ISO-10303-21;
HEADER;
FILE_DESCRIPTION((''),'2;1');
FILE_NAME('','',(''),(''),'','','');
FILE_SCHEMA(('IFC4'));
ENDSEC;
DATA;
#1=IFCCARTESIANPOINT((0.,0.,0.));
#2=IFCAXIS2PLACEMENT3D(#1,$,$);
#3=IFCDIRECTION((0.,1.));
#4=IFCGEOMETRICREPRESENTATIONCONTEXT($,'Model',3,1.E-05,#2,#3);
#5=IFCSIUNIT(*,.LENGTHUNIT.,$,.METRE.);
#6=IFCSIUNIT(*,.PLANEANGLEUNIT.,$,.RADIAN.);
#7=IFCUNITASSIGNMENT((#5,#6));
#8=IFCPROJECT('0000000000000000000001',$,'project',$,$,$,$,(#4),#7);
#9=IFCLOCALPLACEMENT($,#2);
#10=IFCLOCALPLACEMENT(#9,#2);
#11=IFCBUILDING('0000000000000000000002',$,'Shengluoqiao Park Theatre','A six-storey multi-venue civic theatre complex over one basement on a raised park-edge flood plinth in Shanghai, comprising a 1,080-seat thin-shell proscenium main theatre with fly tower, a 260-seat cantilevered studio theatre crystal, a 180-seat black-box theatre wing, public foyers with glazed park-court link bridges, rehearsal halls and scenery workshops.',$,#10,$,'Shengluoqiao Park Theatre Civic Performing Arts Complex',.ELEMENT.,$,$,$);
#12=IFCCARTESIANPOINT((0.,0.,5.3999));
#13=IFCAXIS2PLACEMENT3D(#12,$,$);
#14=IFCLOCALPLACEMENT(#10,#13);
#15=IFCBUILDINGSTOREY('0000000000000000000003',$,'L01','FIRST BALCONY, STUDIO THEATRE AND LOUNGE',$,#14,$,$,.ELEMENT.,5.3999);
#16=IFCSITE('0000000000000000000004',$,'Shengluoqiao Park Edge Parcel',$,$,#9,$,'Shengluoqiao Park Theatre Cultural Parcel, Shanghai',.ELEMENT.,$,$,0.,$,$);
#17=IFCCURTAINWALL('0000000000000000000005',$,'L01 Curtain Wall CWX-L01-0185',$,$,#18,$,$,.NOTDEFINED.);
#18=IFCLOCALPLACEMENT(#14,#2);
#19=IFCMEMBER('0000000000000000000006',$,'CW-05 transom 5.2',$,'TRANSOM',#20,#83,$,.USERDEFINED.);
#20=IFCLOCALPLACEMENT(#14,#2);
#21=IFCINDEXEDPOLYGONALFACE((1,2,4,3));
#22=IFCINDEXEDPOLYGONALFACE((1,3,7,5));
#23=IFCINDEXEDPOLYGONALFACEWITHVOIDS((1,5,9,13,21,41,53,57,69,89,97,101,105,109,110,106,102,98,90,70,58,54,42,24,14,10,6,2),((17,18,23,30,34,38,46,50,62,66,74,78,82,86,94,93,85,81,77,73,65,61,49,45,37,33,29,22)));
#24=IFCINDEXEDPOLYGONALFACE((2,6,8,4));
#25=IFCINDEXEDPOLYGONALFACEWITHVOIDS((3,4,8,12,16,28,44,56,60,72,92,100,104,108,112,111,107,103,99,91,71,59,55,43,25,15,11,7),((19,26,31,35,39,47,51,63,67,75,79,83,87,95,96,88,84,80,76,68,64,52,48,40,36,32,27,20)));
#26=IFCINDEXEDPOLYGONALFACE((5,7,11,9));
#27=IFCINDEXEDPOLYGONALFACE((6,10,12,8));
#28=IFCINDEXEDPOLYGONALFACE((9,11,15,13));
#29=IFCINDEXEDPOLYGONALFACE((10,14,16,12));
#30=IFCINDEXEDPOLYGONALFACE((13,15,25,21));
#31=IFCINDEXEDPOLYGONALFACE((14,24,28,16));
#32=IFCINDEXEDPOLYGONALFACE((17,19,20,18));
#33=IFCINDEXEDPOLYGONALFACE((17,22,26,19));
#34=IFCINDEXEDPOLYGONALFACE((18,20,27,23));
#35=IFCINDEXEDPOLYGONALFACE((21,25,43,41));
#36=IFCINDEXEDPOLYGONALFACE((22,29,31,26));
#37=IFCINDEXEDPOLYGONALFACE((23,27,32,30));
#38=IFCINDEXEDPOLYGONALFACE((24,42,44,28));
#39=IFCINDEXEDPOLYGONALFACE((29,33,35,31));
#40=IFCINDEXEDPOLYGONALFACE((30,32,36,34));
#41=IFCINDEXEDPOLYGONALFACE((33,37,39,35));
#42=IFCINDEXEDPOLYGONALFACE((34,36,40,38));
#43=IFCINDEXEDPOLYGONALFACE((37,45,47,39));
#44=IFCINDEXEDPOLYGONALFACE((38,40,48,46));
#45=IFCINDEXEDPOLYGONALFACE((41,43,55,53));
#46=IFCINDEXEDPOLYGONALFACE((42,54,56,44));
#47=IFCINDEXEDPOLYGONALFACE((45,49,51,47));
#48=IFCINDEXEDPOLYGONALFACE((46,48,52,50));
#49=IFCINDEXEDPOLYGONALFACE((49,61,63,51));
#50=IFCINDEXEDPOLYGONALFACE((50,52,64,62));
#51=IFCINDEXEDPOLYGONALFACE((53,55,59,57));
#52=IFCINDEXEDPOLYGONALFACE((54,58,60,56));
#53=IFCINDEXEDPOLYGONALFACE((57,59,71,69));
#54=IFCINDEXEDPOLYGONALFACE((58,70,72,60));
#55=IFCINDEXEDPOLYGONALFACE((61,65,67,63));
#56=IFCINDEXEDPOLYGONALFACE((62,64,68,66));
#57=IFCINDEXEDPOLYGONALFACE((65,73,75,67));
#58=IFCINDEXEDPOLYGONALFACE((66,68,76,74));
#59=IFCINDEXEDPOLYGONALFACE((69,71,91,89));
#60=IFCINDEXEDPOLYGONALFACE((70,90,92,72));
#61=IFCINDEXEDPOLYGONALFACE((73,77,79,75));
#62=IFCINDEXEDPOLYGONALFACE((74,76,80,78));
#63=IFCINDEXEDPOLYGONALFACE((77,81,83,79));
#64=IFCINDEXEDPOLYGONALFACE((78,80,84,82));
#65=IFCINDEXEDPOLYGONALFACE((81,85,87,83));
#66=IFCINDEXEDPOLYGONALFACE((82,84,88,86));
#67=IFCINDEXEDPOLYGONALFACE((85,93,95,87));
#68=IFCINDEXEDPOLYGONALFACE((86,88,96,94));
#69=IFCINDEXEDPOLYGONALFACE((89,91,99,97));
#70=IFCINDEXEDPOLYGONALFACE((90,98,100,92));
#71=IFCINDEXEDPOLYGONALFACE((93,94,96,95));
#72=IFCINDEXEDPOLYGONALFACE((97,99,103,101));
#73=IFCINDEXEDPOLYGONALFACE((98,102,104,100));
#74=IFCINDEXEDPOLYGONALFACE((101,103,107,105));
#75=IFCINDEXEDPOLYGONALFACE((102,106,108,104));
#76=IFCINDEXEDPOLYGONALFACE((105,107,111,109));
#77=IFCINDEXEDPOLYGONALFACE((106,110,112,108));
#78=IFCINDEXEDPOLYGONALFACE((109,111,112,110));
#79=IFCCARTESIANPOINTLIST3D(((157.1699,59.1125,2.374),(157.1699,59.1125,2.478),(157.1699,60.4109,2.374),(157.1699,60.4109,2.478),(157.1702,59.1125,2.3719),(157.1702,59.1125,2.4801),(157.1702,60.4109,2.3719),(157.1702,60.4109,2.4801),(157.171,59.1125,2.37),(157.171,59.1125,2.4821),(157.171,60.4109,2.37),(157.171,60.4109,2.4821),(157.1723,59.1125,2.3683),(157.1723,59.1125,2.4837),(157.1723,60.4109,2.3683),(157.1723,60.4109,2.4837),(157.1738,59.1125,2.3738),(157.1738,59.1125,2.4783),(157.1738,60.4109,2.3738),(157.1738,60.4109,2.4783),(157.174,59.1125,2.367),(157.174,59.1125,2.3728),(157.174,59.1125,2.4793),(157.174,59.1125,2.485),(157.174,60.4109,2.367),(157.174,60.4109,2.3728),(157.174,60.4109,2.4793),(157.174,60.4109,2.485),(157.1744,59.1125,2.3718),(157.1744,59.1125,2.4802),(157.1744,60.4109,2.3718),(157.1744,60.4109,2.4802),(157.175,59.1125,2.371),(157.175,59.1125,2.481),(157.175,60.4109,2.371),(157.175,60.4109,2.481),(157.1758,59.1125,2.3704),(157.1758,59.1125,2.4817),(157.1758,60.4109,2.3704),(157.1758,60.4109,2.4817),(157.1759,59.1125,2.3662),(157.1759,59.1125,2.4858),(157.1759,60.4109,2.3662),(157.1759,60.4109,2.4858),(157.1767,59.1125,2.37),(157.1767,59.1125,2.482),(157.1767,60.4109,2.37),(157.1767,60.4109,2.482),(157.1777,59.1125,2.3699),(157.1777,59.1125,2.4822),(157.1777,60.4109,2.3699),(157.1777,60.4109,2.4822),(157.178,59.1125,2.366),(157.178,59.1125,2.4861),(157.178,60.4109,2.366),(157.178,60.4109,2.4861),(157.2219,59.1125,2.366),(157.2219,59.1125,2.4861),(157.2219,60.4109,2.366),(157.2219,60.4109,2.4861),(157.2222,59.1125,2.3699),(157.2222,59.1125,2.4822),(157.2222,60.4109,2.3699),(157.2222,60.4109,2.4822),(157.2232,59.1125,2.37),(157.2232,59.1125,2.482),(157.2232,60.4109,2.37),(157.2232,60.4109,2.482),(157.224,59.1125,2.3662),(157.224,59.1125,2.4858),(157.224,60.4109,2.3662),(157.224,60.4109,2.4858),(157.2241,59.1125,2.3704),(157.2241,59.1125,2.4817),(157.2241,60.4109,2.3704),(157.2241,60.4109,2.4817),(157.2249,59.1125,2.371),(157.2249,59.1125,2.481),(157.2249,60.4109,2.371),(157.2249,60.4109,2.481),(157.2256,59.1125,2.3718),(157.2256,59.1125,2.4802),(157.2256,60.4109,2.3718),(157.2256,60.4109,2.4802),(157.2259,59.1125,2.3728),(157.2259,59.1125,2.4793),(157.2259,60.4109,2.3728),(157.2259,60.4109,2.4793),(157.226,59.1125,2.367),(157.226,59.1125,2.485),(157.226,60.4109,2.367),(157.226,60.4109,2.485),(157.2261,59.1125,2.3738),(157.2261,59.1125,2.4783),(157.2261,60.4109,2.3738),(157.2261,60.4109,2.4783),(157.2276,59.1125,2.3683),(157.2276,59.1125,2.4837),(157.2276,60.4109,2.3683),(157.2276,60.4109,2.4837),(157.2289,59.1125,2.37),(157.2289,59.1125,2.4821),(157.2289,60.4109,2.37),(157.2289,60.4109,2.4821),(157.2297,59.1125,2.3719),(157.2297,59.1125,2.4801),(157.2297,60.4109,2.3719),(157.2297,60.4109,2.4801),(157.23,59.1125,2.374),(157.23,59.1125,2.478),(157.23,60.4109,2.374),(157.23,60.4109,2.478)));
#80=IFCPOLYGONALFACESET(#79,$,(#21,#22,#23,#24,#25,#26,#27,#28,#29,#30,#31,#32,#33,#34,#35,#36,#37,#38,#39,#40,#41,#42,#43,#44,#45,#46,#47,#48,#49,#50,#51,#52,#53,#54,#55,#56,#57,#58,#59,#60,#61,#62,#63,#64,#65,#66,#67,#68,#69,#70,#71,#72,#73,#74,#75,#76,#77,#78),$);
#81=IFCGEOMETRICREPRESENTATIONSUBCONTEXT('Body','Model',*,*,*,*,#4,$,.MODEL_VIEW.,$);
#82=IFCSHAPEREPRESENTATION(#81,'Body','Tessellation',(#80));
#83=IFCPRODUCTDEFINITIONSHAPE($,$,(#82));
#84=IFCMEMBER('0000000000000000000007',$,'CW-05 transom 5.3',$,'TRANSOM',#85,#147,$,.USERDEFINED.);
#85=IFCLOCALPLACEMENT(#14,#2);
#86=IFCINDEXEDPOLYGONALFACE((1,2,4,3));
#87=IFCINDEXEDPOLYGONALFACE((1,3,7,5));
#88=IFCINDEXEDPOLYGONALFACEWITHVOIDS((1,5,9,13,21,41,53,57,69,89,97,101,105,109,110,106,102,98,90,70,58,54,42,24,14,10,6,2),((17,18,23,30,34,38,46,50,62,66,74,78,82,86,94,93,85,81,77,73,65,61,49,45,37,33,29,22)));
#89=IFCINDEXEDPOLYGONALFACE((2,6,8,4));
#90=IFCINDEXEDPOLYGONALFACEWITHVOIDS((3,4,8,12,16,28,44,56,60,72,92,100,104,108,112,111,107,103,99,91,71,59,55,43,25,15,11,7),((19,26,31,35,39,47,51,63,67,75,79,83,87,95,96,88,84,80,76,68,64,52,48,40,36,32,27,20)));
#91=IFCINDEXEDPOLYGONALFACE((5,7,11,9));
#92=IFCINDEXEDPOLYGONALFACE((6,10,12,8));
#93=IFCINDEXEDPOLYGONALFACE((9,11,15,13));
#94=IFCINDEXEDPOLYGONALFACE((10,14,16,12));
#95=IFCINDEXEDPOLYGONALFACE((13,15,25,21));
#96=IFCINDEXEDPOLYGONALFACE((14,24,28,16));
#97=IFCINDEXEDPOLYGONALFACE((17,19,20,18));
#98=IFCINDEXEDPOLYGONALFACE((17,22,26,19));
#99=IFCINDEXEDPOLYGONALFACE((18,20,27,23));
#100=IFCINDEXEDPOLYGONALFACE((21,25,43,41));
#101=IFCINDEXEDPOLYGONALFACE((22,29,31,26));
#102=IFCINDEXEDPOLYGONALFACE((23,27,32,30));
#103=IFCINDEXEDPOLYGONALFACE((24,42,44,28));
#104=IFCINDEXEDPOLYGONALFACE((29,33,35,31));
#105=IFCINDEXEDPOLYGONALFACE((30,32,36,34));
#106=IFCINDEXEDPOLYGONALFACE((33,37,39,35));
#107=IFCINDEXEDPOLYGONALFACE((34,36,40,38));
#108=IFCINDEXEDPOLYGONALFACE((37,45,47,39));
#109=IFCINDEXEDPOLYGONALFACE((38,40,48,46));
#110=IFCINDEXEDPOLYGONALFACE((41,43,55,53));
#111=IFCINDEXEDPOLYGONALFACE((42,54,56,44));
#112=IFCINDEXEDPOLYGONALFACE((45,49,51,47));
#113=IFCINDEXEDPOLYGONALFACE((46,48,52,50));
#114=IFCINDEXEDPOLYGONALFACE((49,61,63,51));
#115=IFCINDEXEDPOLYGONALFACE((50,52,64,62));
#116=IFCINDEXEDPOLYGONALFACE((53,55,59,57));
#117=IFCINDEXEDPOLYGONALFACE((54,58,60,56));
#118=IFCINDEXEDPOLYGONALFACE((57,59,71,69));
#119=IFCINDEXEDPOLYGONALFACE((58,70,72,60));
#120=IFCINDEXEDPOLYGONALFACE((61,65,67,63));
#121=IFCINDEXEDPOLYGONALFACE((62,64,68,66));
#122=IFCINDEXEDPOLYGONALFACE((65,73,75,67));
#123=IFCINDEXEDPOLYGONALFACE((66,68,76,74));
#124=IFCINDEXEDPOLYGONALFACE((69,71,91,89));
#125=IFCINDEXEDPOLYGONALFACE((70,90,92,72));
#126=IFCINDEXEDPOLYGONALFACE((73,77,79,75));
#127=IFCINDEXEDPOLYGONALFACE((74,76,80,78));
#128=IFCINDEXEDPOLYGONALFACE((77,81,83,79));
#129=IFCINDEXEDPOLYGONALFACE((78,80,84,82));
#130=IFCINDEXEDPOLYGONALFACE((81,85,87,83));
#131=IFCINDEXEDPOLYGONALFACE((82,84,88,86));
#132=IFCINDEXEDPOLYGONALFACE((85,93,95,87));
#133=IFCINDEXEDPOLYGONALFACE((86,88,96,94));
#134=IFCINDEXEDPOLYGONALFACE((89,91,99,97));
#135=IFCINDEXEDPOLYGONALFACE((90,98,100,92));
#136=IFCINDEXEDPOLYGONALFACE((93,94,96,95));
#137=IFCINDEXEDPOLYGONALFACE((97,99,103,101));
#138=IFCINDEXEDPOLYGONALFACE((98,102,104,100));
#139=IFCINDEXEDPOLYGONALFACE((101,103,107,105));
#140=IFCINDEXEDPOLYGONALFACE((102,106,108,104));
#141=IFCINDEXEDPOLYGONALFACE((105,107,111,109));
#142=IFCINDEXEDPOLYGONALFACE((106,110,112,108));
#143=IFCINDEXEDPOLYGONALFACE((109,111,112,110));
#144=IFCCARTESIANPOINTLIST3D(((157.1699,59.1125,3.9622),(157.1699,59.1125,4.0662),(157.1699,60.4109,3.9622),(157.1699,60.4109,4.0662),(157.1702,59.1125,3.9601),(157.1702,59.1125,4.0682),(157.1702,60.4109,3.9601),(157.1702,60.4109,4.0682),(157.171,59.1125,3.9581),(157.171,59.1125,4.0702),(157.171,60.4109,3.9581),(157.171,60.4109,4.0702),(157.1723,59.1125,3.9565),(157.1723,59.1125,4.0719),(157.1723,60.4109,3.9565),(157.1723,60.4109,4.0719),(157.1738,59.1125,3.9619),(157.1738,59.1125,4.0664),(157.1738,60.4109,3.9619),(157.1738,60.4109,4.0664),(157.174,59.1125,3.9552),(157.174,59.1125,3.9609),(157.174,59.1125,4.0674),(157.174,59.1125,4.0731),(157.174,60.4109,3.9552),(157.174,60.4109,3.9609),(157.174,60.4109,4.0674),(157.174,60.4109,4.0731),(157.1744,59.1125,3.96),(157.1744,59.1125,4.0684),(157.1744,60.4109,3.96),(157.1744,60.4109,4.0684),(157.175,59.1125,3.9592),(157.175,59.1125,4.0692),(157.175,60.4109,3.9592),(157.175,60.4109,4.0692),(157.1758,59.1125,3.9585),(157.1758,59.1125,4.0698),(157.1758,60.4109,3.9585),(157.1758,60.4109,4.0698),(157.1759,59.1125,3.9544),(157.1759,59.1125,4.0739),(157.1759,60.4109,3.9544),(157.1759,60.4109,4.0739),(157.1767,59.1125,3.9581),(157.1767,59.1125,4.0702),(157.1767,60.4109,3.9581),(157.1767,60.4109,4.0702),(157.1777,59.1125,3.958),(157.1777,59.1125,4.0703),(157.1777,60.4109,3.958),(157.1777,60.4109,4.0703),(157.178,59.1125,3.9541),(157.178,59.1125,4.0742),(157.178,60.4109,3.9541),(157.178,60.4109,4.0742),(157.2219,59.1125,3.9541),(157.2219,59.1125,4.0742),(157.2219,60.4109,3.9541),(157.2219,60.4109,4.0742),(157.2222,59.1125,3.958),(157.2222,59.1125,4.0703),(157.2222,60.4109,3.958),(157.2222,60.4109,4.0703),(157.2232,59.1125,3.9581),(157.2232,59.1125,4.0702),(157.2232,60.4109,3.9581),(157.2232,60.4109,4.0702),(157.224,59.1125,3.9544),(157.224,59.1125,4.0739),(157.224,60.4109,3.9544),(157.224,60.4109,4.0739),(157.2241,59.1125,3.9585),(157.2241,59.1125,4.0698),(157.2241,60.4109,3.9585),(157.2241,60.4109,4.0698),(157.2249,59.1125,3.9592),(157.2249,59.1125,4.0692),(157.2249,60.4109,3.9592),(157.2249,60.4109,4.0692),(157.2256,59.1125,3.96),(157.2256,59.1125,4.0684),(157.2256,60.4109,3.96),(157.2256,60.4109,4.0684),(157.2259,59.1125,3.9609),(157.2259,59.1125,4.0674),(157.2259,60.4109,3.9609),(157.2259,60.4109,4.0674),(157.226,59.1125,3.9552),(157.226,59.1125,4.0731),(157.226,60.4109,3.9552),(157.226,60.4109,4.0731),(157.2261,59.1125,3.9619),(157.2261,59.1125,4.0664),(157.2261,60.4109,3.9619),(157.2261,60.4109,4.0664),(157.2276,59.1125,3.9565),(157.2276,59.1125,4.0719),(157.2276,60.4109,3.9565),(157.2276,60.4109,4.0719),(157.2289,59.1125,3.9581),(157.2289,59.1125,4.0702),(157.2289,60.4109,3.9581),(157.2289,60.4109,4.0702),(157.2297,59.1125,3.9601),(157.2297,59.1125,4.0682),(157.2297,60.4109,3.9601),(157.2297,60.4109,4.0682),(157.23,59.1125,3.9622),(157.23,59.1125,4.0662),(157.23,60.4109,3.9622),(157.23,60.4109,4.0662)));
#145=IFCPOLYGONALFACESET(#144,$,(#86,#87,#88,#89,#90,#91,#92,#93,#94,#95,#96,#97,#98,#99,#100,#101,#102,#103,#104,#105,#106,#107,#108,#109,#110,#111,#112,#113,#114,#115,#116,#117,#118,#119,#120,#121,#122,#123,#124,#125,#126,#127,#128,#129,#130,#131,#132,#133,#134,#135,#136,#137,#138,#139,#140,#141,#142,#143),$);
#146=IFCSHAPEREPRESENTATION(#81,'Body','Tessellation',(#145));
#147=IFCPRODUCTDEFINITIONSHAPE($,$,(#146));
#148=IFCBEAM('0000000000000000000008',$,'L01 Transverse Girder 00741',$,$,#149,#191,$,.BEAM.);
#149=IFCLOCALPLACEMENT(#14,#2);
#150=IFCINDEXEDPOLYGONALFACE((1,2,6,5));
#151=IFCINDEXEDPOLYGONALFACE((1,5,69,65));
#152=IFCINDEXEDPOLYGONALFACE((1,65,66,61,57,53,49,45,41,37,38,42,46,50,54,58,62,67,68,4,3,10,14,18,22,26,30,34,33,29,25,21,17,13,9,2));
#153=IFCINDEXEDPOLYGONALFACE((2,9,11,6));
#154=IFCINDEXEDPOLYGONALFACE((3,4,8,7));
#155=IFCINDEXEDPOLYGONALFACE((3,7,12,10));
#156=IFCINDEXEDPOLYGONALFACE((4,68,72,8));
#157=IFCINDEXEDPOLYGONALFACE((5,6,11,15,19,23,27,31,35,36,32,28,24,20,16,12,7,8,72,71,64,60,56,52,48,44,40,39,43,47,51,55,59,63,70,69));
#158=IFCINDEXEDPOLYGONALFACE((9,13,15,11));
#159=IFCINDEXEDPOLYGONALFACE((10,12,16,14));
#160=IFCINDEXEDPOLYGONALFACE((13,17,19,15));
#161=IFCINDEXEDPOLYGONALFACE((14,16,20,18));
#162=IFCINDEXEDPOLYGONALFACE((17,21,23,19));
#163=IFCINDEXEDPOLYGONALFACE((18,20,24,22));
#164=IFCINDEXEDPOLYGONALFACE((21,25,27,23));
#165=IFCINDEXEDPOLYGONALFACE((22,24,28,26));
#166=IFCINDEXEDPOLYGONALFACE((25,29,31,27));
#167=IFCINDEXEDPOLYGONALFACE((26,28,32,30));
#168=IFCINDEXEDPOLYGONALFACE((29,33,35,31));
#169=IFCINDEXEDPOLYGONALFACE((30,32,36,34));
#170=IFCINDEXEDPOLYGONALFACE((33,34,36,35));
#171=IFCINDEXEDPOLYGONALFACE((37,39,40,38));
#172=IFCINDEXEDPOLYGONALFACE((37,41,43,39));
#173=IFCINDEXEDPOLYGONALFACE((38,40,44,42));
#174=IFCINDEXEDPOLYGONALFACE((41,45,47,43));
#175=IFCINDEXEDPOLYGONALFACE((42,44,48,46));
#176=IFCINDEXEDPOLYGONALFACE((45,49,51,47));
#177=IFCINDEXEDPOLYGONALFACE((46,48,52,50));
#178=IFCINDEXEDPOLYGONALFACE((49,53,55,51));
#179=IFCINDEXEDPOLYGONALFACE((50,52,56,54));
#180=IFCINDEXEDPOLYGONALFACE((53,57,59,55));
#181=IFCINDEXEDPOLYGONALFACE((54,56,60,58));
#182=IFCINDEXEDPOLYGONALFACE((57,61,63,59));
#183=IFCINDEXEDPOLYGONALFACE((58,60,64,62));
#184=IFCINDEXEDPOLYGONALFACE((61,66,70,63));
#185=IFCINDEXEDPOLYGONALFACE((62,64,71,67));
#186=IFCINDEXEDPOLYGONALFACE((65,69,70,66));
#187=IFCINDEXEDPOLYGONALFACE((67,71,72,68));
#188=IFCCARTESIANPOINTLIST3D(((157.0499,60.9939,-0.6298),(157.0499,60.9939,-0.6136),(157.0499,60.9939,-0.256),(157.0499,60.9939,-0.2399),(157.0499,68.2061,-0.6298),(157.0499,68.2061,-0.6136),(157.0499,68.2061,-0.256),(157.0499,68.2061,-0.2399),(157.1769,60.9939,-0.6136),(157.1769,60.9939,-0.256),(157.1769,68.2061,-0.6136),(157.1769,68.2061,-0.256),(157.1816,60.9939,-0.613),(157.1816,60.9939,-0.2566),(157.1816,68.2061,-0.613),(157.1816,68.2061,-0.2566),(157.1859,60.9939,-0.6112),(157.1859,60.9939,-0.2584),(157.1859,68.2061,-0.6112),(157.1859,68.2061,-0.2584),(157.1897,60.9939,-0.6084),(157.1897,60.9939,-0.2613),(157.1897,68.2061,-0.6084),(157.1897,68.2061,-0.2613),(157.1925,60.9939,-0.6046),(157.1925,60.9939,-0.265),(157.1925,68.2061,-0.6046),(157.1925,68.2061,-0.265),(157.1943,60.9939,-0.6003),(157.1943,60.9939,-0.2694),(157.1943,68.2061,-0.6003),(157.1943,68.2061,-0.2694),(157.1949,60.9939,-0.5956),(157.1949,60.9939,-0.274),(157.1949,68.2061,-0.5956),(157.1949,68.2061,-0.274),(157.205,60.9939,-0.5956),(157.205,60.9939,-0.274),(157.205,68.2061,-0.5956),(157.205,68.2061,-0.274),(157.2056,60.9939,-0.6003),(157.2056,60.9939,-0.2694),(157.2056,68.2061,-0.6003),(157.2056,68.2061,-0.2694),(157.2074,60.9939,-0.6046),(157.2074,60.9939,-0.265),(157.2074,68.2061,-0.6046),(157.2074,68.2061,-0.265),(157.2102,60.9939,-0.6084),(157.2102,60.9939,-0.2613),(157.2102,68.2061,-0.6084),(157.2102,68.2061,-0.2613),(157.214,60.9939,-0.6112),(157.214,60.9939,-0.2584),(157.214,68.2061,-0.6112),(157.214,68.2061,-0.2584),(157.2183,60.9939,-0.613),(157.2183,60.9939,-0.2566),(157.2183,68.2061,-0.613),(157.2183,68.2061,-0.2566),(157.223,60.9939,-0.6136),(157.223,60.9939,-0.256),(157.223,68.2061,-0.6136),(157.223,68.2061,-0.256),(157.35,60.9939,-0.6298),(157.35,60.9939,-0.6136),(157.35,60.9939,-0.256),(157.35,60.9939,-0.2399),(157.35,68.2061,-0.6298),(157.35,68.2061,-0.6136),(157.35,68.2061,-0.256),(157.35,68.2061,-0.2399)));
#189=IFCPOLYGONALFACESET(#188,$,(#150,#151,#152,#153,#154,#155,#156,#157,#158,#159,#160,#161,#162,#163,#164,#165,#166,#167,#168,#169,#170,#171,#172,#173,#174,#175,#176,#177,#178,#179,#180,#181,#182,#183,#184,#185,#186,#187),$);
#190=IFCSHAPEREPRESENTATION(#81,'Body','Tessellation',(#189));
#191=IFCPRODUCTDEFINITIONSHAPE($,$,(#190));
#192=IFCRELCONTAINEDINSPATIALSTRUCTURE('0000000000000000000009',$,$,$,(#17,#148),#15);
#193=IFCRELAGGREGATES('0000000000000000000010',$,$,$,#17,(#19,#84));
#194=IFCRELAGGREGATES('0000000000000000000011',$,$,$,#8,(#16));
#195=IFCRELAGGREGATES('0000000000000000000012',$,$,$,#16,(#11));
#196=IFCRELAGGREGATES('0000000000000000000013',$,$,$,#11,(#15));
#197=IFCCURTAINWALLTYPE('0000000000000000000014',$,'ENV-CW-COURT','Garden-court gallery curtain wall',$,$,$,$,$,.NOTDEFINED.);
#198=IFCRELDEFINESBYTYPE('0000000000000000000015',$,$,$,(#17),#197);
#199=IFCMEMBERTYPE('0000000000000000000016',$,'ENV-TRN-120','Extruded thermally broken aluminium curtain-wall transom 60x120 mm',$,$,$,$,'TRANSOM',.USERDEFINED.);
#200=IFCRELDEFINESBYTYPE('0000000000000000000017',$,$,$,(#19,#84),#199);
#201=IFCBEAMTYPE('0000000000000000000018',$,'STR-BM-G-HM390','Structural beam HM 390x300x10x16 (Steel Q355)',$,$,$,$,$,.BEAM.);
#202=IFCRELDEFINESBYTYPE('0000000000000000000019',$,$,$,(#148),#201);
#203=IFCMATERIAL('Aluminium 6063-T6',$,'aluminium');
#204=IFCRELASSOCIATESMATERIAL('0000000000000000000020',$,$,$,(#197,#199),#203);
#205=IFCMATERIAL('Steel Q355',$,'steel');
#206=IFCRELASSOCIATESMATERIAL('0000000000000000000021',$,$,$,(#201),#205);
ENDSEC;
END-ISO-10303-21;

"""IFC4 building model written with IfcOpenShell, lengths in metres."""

from ifc_helpers import new_model, si_unit, direction, frame, origin, origin_2d, place, context, subcontext, project, spatial, hollow_rectangle, i_section, extrude, material, material_profile, profile_set, type_object, element, aggregate, save


model = new_model("IFC4")

# Units and contexts
model_context = context("Model", 3, precision=1e-05, world=origin(), true_north=direction((0.0, 1.0)))
body_context = subcontext(model_context, "Body", "Model", "MODEL_VIEW")
ifc_project = project(units=[si_unit("LENGTHUNIT", "METRE"), si_unit("PLANEANGLEUNIT", "RADIAN")], contexts=[model_context])

# Site, building, storey
site_placement = place(None, origin())
site = spatial("IfcSite", under=ifc_project, at=site_placement, Name="Shengluoqiao Park Edge Parcel", LongName="Shengluoqiao Park Theatre Cultural Parcel, Shanghai", CompositionType="ELEMENT", RefElevation=0.0)
building_placement = place(site_placement, origin())
building = spatial("IfcBuilding", under=site, at=building_placement, Name="Shengluoqiao Park Theatre", Description="A six-storey multi-venue civic theatre complex over one basement on a raised park-edge flood plinth in Shanghai, comprising a 1,080-seat thin-shell proscenium main theatre with fly tower, a 260-seat cantilevered studio theatre crystal, a 180-seat black-box theatre wing, public foyers with glazed park-court link bridges, rehearsal halls and scenery workshops.", LongName="Shengluoqiao Park Theatre Civic Performing Arts Complex", CompositionType="ELEMENT")
storey_placement = place(building_placement, frame((0.0, 0.0, 5.3999)))
storey = spatial("IfcBuildingStorey", under=building, at=storey_placement, Name="L01", Description="FIRST BALCONY, STUDIO THEATRE AND LOUNGE", CompositionType="ELEMENT", Elevation=5.3999)

# Shared definitions
ifc_material_1 = material(Name="Aluminium 6063-T6", Category="aluminium")

# Curtain wall
curtain_wall_type_1 = type_object("IfcCurtainWallType", Name="ENV-CW-COURT", Description="Garden-court gallery curtain wall", PredefinedType="NOTDEFINED", material=ifc_material_1)
curtain_wall_1_placement = place(storey_placement, origin())
curtain_wall_1 = element("IfcCurtainWall", 1, at=curtain_wall_1_placement, inside=storey, type_object=curtain_wall_type_1, Name="L01 Curtain Wall CWX-L01-0185", PredefinedType="NOTDEFINED")

# Members
ifc_material_profile_1 = material_profile(ifc_material_1, hollow_rectangle(XDim=0.0601, YDim=0.1201, WallThickness=0.0039, InnerFilletRadius=0.0039, OuterFilletRadius=0.0081, at=origin_2d()), Name="ALU TRANSOM 120x60x4")
ifc_profile_set_1 = profile_set([ifc_material_profile_1], Name="Aluminium 6063-T6")
member_type_1 = type_object("IfcMemberType", Name="ENV-TRN-120", Description="Extruded thermally broken aluminium curtain-wall transom 60x120 mm", ElementType="TRANSOM", PredefinedType="USERDEFINED", material=ifc_profile_set_1)
member_1_placement = place(storey_placement, frame((157.2, 59.1125, 2.426), z_axis=(0.0, 1.0, 0.0), x_axis=(-1.0, 0.0, 0.0)))
member_1 = element("IfcMember", 2, at=member_1_placement, type_object=member_type_1, Name="CW-05 transom 5.2", ObjectType="TRANSOM", PredefinedType="USERDEFINED", context=body_context, shape_type="SweptSolid", body=[
    extrude(hollow_rectangle(XDim=0.0601, YDim=0.1201, WallThickness=0.0039, InnerFilletRadius=0.0039, OuterFilletRadius=0.0081, at=origin_2d()), origin(), (0.0, 0.0, 1.0), 1.2983),
])
member_2_placement = place(storey_placement, frame((157.2, 59.1125, 4.0142), z_axis=(0.0, 1.0, 0.0), x_axis=(-1.0, 0.0, 0.0)))
member_2 = element("IfcMember", 3, at=member_2_placement, type_object=member_type_1, Name="CW-05 transom 5.3", ObjectType="TRANSOM", PredefinedType="USERDEFINED", context=body_context, shape_type="SweptSolid", body=[
    extrude(hollow_rectangle(XDim=0.0601, YDim=0.1201, WallThickness=0.0039, InnerFilletRadius=0.0039, OuterFilletRadius=0.0081, at=origin_2d()), origin(), (0.0, 0.0, 1.0), 1.2983),
])

# Beam
ifc_material_2 = material(Name="Steel Q355", Category="steel")
ifc_material_profile_2 = material_profile(ifc_material_2, i_section(OverallWidth=0.3, OverallDepth=0.3899, WebThickness=0.01, FlangeThickness=0.0161, FilletRadius=0.0181, at=origin_2d()), Name="HM 390x300x10x16")
ifc_profile_set_2 = profile_set([ifc_material_profile_2], Name="Steel Q355")
beam_type = type_object("IfcBeamType", Name="STR-BM-G-HM390", Description="Structural beam HM 390x300x10x16 (Steel Q355)", PredefinedType="BEAM", material=ifc_profile_set_2)
for number, where, z_axis, x_axis, name in (
    (4, (157.2, 60.9939, -0.4348), (0.0, 1.0, 0.0), (-1.0, 0.0, 0.0), "L01 Transverse Girder 00741"),
):
    element("IfcBeam", number, at=place(storey_placement, frame(where, z_axis=z_axis, x_axis=x_axis)), inside=storey, type_object=beam_type, Name=name, PredefinedType="BEAM", context=body_context, shape_type="SweptSolid", body=[
        extrude(i_section(OverallWidth=0.3, OverallDepth=0.3899, WebThickness=0.01, FlangeThickness=0.0161, FilletRadius=0.0181, at=origin_2d()), origin(), (0.0, 0.0, 1.0), 7.2122),
    ])

aggregate(curtain_wall_1, [member_1, member_2])

save(model, "model.ifc")
